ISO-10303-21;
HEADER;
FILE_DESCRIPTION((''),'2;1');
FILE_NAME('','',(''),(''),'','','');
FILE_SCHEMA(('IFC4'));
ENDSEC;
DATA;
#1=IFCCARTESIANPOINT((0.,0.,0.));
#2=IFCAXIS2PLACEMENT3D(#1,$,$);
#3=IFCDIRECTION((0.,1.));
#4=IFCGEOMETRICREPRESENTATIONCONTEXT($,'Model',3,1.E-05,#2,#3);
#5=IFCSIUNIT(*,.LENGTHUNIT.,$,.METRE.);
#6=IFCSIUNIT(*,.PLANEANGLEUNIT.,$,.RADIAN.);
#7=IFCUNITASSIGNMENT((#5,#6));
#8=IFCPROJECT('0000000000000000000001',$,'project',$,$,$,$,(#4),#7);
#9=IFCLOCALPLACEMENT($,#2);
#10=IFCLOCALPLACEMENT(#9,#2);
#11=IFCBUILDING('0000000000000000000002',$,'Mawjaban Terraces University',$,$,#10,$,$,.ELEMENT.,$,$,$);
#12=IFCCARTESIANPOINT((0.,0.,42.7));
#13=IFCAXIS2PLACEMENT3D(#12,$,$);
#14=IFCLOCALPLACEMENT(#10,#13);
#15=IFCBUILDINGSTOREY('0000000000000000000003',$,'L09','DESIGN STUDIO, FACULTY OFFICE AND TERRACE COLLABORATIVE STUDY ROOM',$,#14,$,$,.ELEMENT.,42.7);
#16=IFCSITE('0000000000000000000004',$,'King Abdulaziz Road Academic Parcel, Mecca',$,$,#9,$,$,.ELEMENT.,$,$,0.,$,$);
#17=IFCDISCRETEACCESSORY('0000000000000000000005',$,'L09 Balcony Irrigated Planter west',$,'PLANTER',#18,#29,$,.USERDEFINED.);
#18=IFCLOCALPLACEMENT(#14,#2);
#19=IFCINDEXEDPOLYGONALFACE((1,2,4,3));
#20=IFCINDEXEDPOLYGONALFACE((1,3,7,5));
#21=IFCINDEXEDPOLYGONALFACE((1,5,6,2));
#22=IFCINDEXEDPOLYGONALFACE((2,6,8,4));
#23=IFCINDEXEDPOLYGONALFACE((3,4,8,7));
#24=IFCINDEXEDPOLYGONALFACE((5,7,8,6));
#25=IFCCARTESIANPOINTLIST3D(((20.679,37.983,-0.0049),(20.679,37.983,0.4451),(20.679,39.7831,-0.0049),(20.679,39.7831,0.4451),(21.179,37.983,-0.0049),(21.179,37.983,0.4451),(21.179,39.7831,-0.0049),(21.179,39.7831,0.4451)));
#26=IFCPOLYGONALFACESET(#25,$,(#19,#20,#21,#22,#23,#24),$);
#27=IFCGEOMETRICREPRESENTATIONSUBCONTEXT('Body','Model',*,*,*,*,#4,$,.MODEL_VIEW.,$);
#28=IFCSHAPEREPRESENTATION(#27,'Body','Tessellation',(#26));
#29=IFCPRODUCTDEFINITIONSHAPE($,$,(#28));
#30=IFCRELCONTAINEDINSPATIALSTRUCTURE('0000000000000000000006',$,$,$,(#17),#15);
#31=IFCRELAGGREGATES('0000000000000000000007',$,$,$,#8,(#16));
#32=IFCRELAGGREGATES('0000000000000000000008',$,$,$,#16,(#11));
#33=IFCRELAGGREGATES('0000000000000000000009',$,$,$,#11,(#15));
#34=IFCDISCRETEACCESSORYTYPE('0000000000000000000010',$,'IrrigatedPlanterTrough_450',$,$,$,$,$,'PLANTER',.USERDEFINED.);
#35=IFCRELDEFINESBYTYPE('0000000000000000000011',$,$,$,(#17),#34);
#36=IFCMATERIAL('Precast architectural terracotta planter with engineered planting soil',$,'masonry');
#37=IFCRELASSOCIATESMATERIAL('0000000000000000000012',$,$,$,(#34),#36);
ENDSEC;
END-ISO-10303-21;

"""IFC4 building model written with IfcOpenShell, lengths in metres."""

from ifc_helpers import new_model, si_unit, direction, frame, origin, origin_2d, place, context, subcontext, project, spatial, rectangle, extrude, material, type_object, element, save


model = new_model("IFC4")

# Units and contexts
model_context = context("Model", 3, precision=1e-05, world=origin(), true_north=direction((0.0, 1.0)))
body_context = subcontext(model_context, "Body", "Model", "MODEL_VIEW")
ifc_project = project(units=[si_unit("LENGTHUNIT", "METRE"), si_unit("PLANEANGLEUNIT", "RADIAN")], contexts=[model_context])

# Site, building, storey
site_placement = place(None, origin())
site = spatial("IfcSite", under=ifc_project, at=site_placement, Name="King Abdulaziz Road Academic Parcel, Mecca", CompositionType="ELEMENT", RefElevation=0.0)
building_placement = place(site_placement, origin())
building = spatial("IfcBuilding", under=site, at=building_placement, Name="Mawjaban Terraces University", CompositionType="ELEMENT")
storey_placement = place(building_placement, frame((0.0, 0.0, 42.7)))
storey = spatial("IfcBuildingStorey", under=building, at=storey_placement, Name="L09", Description="DESIGN STUDIO, FACULTY OFFICE AND TERRACE COLLABORATIVE STUDY ROOM", CompositionType="ELEMENT", Elevation=42.7)

# Discrete accessory
ifc_material_1 = material(Name="Precast architectural terracotta planter with engineered planting soil", Category="masonry")
discrete_accessory_type_1 = type_object("IfcDiscreteAccessoryType", Name="IrrigatedPlanterTrough_450", ElementType="PLANTER", PredefinedType="USERDEFINED", material=ifc_material_1)
discrete_accessory_1_placement = place(storey_placement, frame((20.929, 38.8831, -0.0049), z_axis=(0.0, 0.0, 1.0), x_axis=(0.0, 1.0, 0.0)))
element("IfcDiscreteAccessory", 1, at=discrete_accessory_1_placement, inside=storey, type_object=discrete_accessory_type_1, Name="L09 Balcony Irrigated Planter west", ObjectType="PLANTER", PredefinedType="USERDEFINED", context=body_context, shape_type="SweptSolid", body=[
    extrude(rectangle(XDim=1.8, YDim=0.5, at=origin_2d()), origin(), (0.0, 0.0, 1.0), 0.45),
])

save(model, "model.ifc")
